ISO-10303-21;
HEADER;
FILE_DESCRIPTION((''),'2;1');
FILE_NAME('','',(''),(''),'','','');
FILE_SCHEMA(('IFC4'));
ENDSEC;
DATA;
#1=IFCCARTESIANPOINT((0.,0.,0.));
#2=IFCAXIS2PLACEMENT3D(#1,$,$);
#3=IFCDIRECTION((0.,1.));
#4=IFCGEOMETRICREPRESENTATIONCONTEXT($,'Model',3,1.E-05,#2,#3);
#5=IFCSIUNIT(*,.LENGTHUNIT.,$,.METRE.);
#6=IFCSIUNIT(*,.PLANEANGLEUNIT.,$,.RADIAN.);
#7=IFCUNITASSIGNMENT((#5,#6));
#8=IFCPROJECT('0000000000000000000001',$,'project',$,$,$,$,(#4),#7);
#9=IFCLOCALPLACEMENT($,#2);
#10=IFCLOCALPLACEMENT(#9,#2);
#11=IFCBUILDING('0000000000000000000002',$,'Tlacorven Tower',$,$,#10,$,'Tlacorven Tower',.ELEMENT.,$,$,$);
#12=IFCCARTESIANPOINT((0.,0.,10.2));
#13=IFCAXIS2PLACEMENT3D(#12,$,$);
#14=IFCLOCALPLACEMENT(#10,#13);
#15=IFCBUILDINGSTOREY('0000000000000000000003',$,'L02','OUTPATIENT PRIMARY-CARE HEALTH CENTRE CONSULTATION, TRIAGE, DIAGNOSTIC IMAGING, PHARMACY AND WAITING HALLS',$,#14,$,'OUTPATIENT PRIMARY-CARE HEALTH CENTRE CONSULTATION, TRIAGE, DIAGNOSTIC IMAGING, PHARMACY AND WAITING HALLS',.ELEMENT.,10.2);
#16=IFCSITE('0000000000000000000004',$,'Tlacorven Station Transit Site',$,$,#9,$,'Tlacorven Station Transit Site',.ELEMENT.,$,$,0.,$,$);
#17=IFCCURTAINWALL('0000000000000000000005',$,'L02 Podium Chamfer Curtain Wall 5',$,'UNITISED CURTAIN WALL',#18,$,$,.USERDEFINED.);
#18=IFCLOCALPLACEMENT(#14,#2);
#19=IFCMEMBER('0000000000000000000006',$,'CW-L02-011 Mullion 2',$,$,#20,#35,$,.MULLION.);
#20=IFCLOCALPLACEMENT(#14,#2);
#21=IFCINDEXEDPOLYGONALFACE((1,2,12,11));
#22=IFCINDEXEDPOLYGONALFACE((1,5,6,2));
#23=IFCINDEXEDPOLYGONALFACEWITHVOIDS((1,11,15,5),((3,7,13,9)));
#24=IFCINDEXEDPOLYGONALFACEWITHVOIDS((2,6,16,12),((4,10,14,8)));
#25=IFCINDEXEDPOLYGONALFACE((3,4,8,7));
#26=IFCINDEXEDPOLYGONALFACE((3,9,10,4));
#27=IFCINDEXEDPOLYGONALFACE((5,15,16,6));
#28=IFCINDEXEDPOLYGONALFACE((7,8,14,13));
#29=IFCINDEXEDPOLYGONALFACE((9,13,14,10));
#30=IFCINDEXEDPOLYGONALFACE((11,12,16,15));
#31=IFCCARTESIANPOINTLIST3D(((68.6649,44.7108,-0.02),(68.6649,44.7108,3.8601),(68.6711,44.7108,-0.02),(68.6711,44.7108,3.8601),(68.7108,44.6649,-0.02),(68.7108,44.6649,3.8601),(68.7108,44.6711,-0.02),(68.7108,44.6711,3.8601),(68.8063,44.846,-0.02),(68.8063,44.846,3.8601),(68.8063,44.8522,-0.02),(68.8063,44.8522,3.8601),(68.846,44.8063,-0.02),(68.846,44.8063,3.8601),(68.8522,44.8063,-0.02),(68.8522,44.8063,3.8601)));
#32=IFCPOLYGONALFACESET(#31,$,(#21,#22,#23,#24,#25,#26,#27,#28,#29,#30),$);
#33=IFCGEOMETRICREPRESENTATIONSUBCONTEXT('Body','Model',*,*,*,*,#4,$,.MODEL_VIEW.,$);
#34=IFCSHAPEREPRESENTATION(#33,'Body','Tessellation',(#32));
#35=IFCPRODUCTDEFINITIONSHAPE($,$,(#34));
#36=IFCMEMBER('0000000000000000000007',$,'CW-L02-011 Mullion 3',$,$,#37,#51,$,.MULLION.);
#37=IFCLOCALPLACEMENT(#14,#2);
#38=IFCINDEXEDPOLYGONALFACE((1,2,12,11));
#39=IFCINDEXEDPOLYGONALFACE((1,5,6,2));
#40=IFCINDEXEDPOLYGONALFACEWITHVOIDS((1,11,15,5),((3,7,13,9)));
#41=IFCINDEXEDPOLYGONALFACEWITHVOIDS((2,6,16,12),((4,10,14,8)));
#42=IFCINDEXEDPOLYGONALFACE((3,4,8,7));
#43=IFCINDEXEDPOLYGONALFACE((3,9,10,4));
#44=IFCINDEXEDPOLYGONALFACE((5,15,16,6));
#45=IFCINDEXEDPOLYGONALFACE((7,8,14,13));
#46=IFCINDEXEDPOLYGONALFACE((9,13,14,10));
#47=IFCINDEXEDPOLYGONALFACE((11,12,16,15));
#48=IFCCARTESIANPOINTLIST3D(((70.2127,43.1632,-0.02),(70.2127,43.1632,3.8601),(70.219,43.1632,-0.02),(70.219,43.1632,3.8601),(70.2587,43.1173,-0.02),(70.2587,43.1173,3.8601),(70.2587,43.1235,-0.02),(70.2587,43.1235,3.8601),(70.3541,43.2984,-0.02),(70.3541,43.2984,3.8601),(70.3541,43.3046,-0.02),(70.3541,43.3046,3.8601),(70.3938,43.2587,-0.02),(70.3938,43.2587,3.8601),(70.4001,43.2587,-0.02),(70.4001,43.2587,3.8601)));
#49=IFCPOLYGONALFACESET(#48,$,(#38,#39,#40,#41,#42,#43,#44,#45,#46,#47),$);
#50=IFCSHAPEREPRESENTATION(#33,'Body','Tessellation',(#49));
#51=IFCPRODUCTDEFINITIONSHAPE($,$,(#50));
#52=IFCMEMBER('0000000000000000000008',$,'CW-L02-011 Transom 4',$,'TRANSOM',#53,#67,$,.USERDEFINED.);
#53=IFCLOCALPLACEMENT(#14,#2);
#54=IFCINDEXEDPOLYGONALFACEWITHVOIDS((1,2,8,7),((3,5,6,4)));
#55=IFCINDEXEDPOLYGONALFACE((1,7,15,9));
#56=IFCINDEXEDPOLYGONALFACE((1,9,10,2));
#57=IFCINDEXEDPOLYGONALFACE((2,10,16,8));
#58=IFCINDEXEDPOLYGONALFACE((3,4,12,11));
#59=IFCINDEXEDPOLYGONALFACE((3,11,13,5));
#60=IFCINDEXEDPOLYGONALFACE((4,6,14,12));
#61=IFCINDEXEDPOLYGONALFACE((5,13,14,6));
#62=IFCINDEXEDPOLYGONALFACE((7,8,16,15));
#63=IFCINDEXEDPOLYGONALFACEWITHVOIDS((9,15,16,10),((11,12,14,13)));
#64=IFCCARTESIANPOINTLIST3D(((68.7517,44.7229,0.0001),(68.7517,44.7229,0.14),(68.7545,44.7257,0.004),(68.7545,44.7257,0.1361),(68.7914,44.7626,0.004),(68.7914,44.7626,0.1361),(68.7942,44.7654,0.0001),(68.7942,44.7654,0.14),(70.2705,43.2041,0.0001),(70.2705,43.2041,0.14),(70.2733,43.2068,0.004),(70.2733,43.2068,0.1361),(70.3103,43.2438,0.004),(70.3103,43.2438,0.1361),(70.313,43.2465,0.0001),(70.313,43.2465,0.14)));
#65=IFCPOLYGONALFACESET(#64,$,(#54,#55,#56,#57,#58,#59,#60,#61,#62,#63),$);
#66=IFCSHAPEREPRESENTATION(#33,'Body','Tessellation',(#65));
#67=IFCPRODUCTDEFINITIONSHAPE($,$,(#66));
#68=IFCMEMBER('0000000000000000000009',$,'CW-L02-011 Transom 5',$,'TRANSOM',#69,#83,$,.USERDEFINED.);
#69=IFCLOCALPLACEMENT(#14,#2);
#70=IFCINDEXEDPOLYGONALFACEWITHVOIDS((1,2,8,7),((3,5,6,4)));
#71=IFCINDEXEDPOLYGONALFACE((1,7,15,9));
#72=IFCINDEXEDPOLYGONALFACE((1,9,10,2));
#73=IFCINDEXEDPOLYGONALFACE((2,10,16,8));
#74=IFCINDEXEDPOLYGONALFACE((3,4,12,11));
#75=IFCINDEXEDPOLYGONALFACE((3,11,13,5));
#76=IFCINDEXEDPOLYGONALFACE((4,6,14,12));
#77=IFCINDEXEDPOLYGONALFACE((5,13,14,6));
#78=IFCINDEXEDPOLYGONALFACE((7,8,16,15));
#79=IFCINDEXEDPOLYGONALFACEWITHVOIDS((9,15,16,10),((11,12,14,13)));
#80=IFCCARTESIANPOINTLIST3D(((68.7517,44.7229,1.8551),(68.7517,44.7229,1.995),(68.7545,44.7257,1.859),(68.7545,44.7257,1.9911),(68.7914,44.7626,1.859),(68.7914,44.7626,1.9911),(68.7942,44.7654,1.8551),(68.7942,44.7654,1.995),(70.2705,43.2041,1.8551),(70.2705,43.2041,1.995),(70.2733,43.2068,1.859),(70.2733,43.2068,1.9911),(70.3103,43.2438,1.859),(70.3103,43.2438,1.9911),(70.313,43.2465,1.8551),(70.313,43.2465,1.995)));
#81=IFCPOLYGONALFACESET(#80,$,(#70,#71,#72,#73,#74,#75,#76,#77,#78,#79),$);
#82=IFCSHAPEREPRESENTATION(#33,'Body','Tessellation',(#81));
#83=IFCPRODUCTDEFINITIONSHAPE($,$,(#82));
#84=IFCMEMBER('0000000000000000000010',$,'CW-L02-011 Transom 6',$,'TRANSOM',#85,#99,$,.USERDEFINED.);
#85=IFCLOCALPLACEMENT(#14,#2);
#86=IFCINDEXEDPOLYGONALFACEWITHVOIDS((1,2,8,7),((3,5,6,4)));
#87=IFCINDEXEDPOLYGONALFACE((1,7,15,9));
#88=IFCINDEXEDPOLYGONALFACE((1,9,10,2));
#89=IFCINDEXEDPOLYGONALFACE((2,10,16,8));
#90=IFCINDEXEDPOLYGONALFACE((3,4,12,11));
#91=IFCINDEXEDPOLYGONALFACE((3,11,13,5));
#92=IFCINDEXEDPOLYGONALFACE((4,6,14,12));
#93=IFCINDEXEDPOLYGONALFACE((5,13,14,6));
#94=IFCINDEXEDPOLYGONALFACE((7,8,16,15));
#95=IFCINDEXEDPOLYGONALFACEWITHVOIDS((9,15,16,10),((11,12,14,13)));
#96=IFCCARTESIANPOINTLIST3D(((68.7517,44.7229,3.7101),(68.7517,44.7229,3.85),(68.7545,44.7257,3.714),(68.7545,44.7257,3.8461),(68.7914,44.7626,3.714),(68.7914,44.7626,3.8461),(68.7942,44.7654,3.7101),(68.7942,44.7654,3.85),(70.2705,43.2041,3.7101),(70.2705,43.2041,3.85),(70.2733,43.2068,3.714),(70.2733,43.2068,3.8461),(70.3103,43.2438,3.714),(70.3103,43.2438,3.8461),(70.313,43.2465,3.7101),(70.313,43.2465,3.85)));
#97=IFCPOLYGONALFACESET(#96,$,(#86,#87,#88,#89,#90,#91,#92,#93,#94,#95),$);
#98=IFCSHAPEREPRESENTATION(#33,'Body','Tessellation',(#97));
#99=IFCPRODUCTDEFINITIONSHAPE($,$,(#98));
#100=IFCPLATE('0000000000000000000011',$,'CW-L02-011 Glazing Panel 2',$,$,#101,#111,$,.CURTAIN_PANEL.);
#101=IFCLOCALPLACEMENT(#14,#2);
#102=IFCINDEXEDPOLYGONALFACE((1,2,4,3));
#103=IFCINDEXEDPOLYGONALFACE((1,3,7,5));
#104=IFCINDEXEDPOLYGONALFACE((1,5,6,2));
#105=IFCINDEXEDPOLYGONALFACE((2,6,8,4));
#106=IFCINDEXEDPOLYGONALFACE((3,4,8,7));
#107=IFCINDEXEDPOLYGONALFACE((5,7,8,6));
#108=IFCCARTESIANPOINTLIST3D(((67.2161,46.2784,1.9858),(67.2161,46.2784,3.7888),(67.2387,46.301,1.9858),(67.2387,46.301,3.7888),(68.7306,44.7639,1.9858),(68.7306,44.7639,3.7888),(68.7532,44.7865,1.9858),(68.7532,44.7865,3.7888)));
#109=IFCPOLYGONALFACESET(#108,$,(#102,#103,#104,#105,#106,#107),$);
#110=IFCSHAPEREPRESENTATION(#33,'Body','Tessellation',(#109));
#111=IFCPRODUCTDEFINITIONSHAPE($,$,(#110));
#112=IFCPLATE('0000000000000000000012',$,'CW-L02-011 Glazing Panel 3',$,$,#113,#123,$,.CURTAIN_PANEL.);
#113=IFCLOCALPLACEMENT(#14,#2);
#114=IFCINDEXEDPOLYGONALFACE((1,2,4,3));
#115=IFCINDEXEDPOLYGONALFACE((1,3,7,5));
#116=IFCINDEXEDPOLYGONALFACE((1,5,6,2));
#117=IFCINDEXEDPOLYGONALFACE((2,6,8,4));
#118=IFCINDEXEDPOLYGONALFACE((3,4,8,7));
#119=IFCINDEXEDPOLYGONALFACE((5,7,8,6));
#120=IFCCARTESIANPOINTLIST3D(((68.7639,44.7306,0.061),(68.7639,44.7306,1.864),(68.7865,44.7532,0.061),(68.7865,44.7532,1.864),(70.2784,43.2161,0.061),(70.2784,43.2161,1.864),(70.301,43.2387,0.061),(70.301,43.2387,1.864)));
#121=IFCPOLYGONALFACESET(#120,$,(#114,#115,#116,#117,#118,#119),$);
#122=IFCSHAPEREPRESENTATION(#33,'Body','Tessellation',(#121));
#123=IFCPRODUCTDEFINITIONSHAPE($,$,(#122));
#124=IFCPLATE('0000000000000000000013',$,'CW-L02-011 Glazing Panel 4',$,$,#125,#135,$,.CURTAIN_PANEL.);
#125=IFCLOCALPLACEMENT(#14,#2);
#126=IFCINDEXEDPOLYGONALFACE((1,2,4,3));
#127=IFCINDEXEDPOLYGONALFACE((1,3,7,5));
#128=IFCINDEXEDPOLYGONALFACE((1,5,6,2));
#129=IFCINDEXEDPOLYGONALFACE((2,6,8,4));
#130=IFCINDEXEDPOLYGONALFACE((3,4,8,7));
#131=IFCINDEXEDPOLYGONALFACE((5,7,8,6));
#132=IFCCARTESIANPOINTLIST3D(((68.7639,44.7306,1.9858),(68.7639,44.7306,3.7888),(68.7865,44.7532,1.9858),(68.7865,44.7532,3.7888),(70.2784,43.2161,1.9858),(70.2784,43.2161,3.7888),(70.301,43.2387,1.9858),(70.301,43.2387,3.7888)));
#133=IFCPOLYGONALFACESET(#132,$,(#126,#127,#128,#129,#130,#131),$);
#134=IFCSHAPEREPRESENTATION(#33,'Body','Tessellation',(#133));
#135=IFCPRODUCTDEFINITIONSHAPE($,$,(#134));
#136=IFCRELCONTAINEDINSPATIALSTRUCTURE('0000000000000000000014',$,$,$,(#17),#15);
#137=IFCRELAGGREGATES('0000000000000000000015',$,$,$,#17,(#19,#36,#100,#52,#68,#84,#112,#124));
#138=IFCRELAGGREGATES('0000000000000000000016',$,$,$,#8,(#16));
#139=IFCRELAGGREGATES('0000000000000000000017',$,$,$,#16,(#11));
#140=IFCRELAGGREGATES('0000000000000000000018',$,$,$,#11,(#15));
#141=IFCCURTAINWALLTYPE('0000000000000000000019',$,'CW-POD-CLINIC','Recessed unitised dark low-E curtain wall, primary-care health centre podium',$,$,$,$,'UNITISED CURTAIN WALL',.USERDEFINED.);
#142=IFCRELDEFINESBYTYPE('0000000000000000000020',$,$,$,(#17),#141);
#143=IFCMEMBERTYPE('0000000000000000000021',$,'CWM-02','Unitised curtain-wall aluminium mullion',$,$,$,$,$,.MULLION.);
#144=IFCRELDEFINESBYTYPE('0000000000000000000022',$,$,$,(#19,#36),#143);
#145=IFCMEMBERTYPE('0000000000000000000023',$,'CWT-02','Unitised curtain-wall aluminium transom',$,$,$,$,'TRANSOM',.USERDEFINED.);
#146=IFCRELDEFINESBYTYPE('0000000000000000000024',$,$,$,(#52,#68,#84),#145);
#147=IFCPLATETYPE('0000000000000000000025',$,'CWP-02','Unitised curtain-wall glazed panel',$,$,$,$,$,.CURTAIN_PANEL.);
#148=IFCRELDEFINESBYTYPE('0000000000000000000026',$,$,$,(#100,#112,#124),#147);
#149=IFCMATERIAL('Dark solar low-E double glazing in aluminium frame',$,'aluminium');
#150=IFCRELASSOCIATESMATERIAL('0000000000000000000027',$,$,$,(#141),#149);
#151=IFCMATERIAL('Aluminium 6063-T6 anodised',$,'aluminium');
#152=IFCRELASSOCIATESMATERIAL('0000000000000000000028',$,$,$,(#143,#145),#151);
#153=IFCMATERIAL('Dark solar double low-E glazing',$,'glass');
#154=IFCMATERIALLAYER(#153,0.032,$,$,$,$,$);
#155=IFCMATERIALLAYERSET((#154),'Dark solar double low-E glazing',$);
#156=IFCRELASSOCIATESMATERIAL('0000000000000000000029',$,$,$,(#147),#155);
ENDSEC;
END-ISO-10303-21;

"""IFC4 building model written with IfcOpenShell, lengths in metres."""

from ifc_helpers import new_model, si_unit, direction, frame, origin, origin_2d, place, context, subcontext, project, spatial, rectangle, hollow_rectangle, extrude, source, transform, mapped, material, layer, layer_set, material_profile, profile_set, type_object, element, aggregate, save


model = new_model("IFC4")

# Units and contexts
model_context = context("Model", 3, precision=1e-05, world=origin(), true_north=direction((0.0, 1.0)))
body_context = subcontext(model_context, "Body", "Model", "MODEL_VIEW")
ifc_project = project(units=[si_unit("LENGTHUNIT", "METRE"), si_unit("PLANEANGLEUNIT", "RADIAN")], contexts=[model_context])

# Site, building, storey
site_placement = place(None, origin())
site = spatial("IfcSite", under=ifc_project, at=site_placement, Name="Tlacorven Station Transit Site", LongName="Tlacorven Station Transit Site", CompositionType="ELEMENT", RefElevation=0.0)
building_placement = place(site_placement, origin())
building = spatial("IfcBuilding", under=site, at=building_placement, Name="Tlacorven Tower", LongName="Tlacorven Tower", CompositionType="ELEMENT")
storey_placement = place(building_placement, frame((0.0, 0.0, 10.2)))
storey = spatial("IfcBuildingStorey", under=building, at=storey_placement, Name="L02", Description="OUTPATIENT PRIMARY-CARE HEALTH CENTRE CONSULTATION, TRIAGE, DIAGNOSTIC IMAGING, PHARMACY AND WAITING HALLS", LongName="OUTPATIENT PRIMARY-CARE HEALTH CENTRE CONSULTATION, TRIAGE, DIAGNOSTIC IMAGING, PHARMACY AND WAITING HALLS", CompositionType="ELEMENT", Elevation=10.2)

# Curtain wall, members, plates
ifc_material_1 = material(Name="Dark solar low-E double glazing in aluminium frame", Category="aluminium")
curtain_wall_type = type_object("IfcCurtainWallType", Name="CW-POD-CLINIC", Description="Recessed unitised dark low-E curtain wall, primary-care health centre podium", ElementType="UNITISED CURTAIN WALL", PredefinedType="USERDEFINED", material=ifc_material_1)
curtain_wall_placement = place(storey_placement, origin())
curtain_wall = element("IfcCurtainWall", 1, at=curtain_wall_placement, inside=storey, type_object=curtain_wall_type, Name="L02 Podium Chamfer Curtain Wall 5", ObjectType="UNITISED CURTAIN WALL", PredefinedType="USERDEFINED")
ifc_material_2 = material(Name="Aluminium 6063-T6 anodised", Category="aluminium")
ifc_material_profile_1 = material_profile(ifc_material_2, hollow_rectangle(XDim=0.0649, YDim=0.2, WallThickness=0.0044, at=origin_2d()), Name="ALU MULLION 65X200")
ifc_profile_set_1 = profile_set([ifc_material_profile_1], Name="Aluminium 6063-T6 anodised")
member_type_1 = type_object("IfcMemberType", Name="CWM-02", Description="Unitised curtain-wall aluminium mullion", PredefinedType="MULLION", material=ifc_profile_set_1)
shared_shape_1 = source(origin(), body_context, "Body", "SweptSolid", [
    extrude(hollow_rectangle(XDim=0.0649, YDim=0.2, WallThickness=0.0044, at=origin_2d()), origin(), (0.0, 0.0, 1.0), 3.8801),
])
member_1_placement = place(storey_placement, frame((68.7585, 44.7585, -0.02), z_axis=(0.0, 0.0, 1.0), x_axis=(0.707107, -0.707107, 0.0)))
member_1 = element("IfcMember", 2, at=member_1_placement, type_object=member_type_1, Name="CW-L02-011 Mullion 2", PredefinedType="MULLION", context=body_context, shape_type="MappedRepresentation", body=[
    mapped(shared_shape_1, transform((0.0, 0.0, 0.0), scale=1.0)),
])
member_2_placement = place(storey_placement, frame((70.3064, 43.2109, -0.02), z_axis=(0.0, 0.0, 1.0), x_axis=(0.707107, -0.707107, 0.0)))
member_2 = element("IfcMember", 3, at=member_2_placement, type_object=member_type_1, Name="CW-L02-011 Mullion 3", PredefinedType="MULLION", context=body_context, shape_type="MappedRepresentation", body=[
    mapped(shared_shape_1, transform((0.0, 0.0, 0.0), scale=1.0)),
])
ifc_material_profile_2 = material_profile(ifc_material_2, hollow_rectangle(XDim=0.0601, YDim=0.1399, WallThickness=0.0039, at=origin_2d()), Name="ALU TRANSOM 60X140")
ifc_profile_set_2 = profile_set([ifc_material_profile_2], Name="Aluminium 6063-T6 anodised")
member_type_2 = type_object("IfcMemberType", Name="CWT-02", Description="Unitised curtain-wall aluminium transom", ElementType="TRANSOM", PredefinedType="USERDEFINED", material=ifc_profile_set_2)
shared_shape_2 = source(origin(), body_context, "Body", "SweptSolid", [
    extrude(hollow_rectangle(XDim=0.0601, YDim=0.1399, WallThickness=0.0039, at=origin_2d()), origin(), (0.0, 0.0, 1.0), 2.1479),
])
member_3_placement = place(storey_placement, frame((68.7729, 44.7441, 0.0701), z_axis=(0.707107, -0.707107, 0.0), x_axis=(0.707107, 0.707107, 0.0)))
member_3 = element("IfcMember", 4, at=member_3_placement, type_object=member_type_2, Name="CW-L02-011 Transom 4", ObjectType="TRANSOM", PredefinedType="USERDEFINED", context=body_context, shape_type="MappedRepresentation", body=[
    mapped(shared_shape_2, transform((0.0, 0.0, 0.0), scale=1.0)),
])
member_4_placement = place(storey_placement, frame((68.7729, 44.7441, 1.925), z_axis=(0.707107, -0.707107, 0.0), x_axis=(0.707107, 0.707107, 0.0)))
member_4 = element("IfcMember", 5, at=member_4_placement, type_object=member_type_2, Name="CW-L02-011 Transom 5", ObjectType="TRANSOM", PredefinedType="USERDEFINED", context=body_context, shape_type="MappedRepresentation", body=[
    mapped(shared_shape_2, transform((0.0, 0.0, 0.0), scale=1.0)),
])
member_5_placement = place(storey_placement, frame((68.7729, 44.7441, 3.78), z_axis=(0.707107, -0.707107, 0.0), x_axis=(0.707107, 0.707107, 0.0)))
member_5 = element("IfcMember", 6, at=member_5_placement, type_object=member_type_2, Name="CW-L02-011 Transom 6", ObjectType="TRANSOM", PredefinedType="USERDEFINED", context=body_context, shape_type="MappedRepresentation", body=[
    mapped(shared_shape_2, transform((0.0, 0.0, 0.0), scale=1.0)),
])
ifc_material_3 = material(Name="Dark solar double low-E glazing", Category="glass")
ifc_layer_1 = layer(ifc_material_3, 0.032)
ifc_layer_set_1 = layer_set([ifc_layer_1], Name="Dark solar double low-E glazing")
plate_type = type_object("IfcPlateType", Name="CWP-02", Description="Unitised curtain-wall glazed panel", PredefinedType="CURTAIN_PANEL", material=ifc_layer_set_1)
shared_shape_3 = source(origin(), body_context, "Body", "SweptSolid", [
    extrude(rectangle(XDim=2.1418, YDim=0.032, at=origin_2d()), origin(), (0.0, 0.0, 1.0), 1.803),
])
plate_1_placement = place(storey_placement, frame((67.9846, 45.5325, 1.9858), z_axis=(0.0, 0.0, 1.0), x_axis=(0.707107, -0.707107, 0.0)))
plate_1 = element("IfcPlate", 7, at=plate_1_placement, type_object=plate_type, Name="CW-L02-011 Glazing Panel 2", PredefinedType="CURTAIN_PANEL", context=body_context, shape_type="MappedRepresentation", body=[
    mapped(shared_shape_3, transform((0.0, 0.0, 0.0), scale=1.0)),
])
plate_2_placement = place(storey_placement, frame((69.5325, 43.9846, 0.061), z_axis=(0.0, 0.0, 1.0), x_axis=(0.707107, -0.707107, 0.0)))
plate_2 = element("IfcPlate", 8, at=plate_2_placement, type_object=plate_type, Name="CW-L02-011 Glazing Panel 3", PredefinedType="CURTAIN_PANEL", context=body_context, shape_type="MappedRepresentation", body=[
    mapped(shared_shape_3, transform((0.0, 0.0, 0.0), scale=1.0)),
])
plate_3_placement = place(storey_placement, frame((69.5325, 43.9846, 1.9858), z_axis=(0.0, 0.0, 1.0), x_axis=(0.707107, -0.707107, 0.0)))
plate_3 = element("IfcPlate", 9, at=plate_3_placement, type_object=plate_type, Name="CW-L02-011 Glazing Panel 4", PredefinedType="CURTAIN_PANEL", context=body_context, shape_type="MappedRepresentation", body=[
    mapped(shared_shape_3, transform((0.0, 0.0, 0.0), scale=1.0)),
])
aggregate(curtain_wall, [member_1, member_2, plate_1, member_3, member_4, member_5, plate_2, plate_3])

save(model, "model.ifc")
